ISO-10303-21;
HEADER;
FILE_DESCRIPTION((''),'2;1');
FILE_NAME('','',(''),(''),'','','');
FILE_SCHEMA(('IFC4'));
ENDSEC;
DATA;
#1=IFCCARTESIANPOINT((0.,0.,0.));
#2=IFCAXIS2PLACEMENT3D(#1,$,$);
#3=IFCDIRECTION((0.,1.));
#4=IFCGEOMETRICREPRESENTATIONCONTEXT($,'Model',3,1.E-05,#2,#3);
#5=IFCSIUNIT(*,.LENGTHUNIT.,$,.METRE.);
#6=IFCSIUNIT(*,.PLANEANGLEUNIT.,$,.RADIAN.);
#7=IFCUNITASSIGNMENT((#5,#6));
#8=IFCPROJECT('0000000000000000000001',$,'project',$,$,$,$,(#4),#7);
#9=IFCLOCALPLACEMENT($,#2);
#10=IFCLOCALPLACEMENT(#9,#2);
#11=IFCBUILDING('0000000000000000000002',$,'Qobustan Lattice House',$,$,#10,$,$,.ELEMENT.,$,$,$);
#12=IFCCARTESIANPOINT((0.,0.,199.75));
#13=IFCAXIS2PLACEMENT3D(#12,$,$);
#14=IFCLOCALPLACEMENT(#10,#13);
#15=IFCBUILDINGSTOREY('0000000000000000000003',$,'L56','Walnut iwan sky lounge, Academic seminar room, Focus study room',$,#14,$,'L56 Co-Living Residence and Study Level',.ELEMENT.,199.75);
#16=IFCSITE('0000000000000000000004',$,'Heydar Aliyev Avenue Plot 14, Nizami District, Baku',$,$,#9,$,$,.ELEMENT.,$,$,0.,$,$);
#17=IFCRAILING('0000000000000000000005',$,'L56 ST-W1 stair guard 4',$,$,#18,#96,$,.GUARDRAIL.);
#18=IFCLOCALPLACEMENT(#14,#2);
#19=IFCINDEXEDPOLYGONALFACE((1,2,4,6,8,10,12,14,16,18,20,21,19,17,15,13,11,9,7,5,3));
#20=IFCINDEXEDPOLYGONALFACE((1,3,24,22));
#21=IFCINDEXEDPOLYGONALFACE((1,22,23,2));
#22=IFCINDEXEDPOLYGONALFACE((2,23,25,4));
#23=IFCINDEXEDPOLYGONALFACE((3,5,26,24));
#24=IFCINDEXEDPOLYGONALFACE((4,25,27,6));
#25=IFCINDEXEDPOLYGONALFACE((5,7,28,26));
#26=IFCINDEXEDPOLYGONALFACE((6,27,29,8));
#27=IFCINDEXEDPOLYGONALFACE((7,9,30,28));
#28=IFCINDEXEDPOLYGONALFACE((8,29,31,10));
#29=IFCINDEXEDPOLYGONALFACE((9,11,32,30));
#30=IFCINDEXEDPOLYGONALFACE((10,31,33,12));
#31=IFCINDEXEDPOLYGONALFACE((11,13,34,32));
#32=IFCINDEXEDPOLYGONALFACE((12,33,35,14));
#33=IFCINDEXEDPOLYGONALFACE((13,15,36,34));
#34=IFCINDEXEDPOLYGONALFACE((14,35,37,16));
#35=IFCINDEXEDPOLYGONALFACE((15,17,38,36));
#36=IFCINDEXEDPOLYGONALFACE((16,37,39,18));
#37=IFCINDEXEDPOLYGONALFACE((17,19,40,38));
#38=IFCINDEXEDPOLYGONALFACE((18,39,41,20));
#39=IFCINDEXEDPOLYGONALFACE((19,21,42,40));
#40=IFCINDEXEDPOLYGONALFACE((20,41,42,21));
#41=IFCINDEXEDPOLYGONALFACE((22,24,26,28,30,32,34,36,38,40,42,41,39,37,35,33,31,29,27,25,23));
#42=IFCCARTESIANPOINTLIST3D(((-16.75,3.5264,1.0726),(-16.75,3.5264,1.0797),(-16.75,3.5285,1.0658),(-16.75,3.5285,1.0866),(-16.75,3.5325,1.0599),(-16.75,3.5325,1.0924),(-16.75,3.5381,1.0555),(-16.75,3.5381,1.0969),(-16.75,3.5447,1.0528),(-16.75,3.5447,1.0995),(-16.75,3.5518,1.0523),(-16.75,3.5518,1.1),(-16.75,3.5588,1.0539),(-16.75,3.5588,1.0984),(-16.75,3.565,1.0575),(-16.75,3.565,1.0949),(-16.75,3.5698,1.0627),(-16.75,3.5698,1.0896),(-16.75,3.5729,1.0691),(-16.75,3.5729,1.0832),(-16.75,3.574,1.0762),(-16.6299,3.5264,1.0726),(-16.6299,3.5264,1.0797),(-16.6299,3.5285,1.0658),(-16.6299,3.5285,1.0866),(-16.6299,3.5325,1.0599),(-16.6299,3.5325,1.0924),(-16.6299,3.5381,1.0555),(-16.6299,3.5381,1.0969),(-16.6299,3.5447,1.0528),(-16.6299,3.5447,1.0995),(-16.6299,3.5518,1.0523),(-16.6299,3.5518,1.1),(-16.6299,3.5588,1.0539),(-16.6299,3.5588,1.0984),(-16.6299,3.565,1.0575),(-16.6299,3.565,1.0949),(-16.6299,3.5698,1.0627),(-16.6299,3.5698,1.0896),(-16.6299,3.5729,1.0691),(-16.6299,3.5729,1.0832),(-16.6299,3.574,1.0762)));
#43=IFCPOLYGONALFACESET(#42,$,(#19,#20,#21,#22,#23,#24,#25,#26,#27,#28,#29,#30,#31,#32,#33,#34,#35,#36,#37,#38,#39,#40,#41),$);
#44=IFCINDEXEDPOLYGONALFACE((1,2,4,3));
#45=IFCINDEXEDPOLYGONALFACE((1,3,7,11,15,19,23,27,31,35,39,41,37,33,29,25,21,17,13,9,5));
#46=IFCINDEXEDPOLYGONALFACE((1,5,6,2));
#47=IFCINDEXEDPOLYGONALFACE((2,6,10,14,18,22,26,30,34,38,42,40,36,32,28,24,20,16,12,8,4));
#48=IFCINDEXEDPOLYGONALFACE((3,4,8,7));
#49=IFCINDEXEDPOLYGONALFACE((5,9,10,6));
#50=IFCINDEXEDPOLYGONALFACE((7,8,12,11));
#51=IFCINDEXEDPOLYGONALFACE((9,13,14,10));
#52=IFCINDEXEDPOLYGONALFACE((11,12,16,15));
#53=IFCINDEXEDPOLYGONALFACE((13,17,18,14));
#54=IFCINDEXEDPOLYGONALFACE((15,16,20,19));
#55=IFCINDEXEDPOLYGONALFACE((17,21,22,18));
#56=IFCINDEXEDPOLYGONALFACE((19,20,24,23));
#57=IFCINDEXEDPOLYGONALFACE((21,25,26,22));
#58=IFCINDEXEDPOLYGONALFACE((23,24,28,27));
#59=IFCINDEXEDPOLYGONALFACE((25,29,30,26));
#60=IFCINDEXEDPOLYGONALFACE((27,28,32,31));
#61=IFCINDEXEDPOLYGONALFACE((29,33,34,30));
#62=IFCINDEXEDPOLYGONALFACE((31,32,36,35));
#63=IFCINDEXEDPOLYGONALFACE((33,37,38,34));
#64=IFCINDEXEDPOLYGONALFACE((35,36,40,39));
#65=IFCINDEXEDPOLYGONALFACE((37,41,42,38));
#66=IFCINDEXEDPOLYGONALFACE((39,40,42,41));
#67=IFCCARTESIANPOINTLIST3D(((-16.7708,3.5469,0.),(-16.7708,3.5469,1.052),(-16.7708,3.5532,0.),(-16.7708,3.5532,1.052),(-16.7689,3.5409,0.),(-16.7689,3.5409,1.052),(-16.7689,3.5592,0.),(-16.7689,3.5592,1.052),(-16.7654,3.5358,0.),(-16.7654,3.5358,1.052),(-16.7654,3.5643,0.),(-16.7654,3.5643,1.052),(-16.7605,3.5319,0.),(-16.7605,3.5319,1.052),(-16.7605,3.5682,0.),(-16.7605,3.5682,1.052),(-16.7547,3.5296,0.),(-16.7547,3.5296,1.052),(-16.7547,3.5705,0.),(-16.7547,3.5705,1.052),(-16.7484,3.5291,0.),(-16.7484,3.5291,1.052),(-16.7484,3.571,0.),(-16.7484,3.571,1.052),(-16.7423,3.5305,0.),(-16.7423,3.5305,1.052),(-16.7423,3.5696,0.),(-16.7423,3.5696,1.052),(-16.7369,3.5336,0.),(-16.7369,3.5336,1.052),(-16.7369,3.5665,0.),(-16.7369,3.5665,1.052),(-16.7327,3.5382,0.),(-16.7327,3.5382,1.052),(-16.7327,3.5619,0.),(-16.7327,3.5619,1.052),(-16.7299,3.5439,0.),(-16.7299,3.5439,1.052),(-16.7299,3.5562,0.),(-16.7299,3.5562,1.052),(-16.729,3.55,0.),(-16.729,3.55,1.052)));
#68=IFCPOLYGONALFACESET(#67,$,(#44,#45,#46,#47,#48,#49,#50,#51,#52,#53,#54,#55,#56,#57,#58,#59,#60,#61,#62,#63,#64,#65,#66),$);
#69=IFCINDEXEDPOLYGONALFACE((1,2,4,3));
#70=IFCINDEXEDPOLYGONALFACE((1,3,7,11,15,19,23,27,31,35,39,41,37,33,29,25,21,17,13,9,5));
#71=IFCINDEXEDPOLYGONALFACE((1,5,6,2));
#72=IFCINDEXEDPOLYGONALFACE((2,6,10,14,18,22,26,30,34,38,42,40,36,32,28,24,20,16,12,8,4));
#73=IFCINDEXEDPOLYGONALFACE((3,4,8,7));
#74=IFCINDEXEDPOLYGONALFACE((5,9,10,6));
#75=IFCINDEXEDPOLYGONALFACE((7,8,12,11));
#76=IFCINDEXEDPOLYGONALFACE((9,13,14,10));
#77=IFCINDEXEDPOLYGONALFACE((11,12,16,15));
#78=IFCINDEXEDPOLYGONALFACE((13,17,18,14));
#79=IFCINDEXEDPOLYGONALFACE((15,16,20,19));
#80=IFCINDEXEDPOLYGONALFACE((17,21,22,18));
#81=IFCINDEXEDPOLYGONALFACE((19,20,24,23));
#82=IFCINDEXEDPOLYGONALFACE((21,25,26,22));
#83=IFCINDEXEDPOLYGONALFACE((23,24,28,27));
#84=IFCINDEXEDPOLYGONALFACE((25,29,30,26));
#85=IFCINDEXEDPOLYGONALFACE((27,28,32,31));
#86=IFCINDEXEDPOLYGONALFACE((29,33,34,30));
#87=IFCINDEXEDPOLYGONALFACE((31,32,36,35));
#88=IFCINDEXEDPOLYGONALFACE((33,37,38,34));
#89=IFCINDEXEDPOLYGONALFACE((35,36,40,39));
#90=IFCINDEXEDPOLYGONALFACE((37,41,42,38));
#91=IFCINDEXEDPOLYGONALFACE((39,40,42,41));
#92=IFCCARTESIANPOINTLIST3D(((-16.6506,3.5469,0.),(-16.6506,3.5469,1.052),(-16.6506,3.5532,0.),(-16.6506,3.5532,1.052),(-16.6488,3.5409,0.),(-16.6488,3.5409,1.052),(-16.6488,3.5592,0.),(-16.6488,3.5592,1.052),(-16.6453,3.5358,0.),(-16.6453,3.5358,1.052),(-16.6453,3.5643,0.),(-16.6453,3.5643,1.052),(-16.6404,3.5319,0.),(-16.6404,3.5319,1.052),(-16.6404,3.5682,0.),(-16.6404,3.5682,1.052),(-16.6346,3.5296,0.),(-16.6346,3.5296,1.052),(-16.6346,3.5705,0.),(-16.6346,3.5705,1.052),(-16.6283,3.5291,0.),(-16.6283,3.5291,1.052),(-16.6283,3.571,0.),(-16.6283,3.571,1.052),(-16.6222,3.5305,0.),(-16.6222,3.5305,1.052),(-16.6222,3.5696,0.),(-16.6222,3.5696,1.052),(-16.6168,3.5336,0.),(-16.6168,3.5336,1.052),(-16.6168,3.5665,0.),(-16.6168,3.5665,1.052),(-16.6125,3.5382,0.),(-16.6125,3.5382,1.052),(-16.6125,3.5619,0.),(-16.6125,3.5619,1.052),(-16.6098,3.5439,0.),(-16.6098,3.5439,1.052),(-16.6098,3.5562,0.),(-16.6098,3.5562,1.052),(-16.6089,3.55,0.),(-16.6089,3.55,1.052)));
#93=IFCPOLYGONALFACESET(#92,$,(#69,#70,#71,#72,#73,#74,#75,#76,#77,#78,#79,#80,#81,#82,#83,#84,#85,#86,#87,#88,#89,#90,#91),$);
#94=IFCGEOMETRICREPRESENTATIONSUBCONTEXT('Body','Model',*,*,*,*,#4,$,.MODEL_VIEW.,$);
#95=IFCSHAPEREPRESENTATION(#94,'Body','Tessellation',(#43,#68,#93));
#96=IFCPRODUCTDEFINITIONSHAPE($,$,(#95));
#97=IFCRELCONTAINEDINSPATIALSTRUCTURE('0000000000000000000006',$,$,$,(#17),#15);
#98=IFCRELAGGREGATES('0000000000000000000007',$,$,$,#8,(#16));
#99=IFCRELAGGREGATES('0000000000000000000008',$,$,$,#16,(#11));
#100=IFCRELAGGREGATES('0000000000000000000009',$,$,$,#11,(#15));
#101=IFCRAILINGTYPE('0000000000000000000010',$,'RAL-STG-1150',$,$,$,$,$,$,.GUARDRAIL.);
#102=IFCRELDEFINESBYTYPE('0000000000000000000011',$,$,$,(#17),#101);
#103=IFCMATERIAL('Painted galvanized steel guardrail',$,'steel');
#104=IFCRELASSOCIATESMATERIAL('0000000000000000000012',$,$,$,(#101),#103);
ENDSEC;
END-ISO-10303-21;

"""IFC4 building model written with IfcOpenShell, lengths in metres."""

from ifc_helpers import new_model, si_unit, direction, frame, origin, origin_2d, place, context, subcontext, project, spatial, circle, extrude, material, type_object, element, save


model = new_model("IFC4")

# Units and contexts
model_context = context("Model", 3, precision=1e-05, world=origin(), true_north=direction((0.0, 1.0)))
body_context = subcontext(model_context, "Body", "Model", "MODEL_VIEW")
ifc_project = project(units=[si_unit("LENGTHUNIT", "METRE"), si_unit("PLANEANGLEUNIT", "RADIAN")], contexts=[model_context])

# Site, building, storey
site_placement = place(None, origin())
site = spatial("IfcSite", under=ifc_project, at=site_placement, Name="Heydar Aliyev Avenue Plot 14, Nizami District, Baku", CompositionType="ELEMENT", RefElevation=0.0)
building_placement = place(site_placement, origin())
building = spatial("IfcBuilding", under=site, at=building_placement, Name="Qobustan Lattice House", CompositionType="ELEMENT")
storey_placement = place(building_placement, frame((0.0, 0.0, 199.75)))
storey = spatial("IfcBuildingStorey", under=building, at=storey_placement, Name="L56", Description="Walnut iwan sky lounge, Academic seminar room, Focus study room", LongName="L56 Co-Living Residence and Study Level", CompositionType="ELEMENT", Elevation=199.75)

# Railing
ifc_material_1 = material(Name="Painted galvanized steel guardrail", Category="steel")
railing_type_1 = type_object("IfcRailingType", Name="RAL-STG-1150", PredefinedType="GUARDRAIL", material=ifc_material_1)
railing_1_placement = place(storey_placement, frame((-16.75, 3.55, 0.0)))
element("IfcRailing", 1, at=railing_1_placement, inside=storey, type_object=railing_type_1, Name="L56 ST-W1 stair guard 4", PredefinedType="GUARDRAIL", context=body_context, shape_type="SweptSolid", body=[
    extrude(circle(Radius=0.0239, at=origin_2d()), frame((0.0, 0.0, 1.0762), z_axis=(1.0, 0.0, 0.0), x_axis=(0.0, 1.0, 0.0)), (0.0, 0.0, 1.0), 0.1201),
    extrude(circle(Radius=0.021, at=origin_2d()), origin(), (0.0, 0.0, 1.0), 1.052),
    extrude(circle(Radius=0.021, at=origin_2d()), frame((0.1201, 0.0, 0.0)), (0.0, 0.0, 1.0), 1.052),
])

save(model, "model.ifc")
